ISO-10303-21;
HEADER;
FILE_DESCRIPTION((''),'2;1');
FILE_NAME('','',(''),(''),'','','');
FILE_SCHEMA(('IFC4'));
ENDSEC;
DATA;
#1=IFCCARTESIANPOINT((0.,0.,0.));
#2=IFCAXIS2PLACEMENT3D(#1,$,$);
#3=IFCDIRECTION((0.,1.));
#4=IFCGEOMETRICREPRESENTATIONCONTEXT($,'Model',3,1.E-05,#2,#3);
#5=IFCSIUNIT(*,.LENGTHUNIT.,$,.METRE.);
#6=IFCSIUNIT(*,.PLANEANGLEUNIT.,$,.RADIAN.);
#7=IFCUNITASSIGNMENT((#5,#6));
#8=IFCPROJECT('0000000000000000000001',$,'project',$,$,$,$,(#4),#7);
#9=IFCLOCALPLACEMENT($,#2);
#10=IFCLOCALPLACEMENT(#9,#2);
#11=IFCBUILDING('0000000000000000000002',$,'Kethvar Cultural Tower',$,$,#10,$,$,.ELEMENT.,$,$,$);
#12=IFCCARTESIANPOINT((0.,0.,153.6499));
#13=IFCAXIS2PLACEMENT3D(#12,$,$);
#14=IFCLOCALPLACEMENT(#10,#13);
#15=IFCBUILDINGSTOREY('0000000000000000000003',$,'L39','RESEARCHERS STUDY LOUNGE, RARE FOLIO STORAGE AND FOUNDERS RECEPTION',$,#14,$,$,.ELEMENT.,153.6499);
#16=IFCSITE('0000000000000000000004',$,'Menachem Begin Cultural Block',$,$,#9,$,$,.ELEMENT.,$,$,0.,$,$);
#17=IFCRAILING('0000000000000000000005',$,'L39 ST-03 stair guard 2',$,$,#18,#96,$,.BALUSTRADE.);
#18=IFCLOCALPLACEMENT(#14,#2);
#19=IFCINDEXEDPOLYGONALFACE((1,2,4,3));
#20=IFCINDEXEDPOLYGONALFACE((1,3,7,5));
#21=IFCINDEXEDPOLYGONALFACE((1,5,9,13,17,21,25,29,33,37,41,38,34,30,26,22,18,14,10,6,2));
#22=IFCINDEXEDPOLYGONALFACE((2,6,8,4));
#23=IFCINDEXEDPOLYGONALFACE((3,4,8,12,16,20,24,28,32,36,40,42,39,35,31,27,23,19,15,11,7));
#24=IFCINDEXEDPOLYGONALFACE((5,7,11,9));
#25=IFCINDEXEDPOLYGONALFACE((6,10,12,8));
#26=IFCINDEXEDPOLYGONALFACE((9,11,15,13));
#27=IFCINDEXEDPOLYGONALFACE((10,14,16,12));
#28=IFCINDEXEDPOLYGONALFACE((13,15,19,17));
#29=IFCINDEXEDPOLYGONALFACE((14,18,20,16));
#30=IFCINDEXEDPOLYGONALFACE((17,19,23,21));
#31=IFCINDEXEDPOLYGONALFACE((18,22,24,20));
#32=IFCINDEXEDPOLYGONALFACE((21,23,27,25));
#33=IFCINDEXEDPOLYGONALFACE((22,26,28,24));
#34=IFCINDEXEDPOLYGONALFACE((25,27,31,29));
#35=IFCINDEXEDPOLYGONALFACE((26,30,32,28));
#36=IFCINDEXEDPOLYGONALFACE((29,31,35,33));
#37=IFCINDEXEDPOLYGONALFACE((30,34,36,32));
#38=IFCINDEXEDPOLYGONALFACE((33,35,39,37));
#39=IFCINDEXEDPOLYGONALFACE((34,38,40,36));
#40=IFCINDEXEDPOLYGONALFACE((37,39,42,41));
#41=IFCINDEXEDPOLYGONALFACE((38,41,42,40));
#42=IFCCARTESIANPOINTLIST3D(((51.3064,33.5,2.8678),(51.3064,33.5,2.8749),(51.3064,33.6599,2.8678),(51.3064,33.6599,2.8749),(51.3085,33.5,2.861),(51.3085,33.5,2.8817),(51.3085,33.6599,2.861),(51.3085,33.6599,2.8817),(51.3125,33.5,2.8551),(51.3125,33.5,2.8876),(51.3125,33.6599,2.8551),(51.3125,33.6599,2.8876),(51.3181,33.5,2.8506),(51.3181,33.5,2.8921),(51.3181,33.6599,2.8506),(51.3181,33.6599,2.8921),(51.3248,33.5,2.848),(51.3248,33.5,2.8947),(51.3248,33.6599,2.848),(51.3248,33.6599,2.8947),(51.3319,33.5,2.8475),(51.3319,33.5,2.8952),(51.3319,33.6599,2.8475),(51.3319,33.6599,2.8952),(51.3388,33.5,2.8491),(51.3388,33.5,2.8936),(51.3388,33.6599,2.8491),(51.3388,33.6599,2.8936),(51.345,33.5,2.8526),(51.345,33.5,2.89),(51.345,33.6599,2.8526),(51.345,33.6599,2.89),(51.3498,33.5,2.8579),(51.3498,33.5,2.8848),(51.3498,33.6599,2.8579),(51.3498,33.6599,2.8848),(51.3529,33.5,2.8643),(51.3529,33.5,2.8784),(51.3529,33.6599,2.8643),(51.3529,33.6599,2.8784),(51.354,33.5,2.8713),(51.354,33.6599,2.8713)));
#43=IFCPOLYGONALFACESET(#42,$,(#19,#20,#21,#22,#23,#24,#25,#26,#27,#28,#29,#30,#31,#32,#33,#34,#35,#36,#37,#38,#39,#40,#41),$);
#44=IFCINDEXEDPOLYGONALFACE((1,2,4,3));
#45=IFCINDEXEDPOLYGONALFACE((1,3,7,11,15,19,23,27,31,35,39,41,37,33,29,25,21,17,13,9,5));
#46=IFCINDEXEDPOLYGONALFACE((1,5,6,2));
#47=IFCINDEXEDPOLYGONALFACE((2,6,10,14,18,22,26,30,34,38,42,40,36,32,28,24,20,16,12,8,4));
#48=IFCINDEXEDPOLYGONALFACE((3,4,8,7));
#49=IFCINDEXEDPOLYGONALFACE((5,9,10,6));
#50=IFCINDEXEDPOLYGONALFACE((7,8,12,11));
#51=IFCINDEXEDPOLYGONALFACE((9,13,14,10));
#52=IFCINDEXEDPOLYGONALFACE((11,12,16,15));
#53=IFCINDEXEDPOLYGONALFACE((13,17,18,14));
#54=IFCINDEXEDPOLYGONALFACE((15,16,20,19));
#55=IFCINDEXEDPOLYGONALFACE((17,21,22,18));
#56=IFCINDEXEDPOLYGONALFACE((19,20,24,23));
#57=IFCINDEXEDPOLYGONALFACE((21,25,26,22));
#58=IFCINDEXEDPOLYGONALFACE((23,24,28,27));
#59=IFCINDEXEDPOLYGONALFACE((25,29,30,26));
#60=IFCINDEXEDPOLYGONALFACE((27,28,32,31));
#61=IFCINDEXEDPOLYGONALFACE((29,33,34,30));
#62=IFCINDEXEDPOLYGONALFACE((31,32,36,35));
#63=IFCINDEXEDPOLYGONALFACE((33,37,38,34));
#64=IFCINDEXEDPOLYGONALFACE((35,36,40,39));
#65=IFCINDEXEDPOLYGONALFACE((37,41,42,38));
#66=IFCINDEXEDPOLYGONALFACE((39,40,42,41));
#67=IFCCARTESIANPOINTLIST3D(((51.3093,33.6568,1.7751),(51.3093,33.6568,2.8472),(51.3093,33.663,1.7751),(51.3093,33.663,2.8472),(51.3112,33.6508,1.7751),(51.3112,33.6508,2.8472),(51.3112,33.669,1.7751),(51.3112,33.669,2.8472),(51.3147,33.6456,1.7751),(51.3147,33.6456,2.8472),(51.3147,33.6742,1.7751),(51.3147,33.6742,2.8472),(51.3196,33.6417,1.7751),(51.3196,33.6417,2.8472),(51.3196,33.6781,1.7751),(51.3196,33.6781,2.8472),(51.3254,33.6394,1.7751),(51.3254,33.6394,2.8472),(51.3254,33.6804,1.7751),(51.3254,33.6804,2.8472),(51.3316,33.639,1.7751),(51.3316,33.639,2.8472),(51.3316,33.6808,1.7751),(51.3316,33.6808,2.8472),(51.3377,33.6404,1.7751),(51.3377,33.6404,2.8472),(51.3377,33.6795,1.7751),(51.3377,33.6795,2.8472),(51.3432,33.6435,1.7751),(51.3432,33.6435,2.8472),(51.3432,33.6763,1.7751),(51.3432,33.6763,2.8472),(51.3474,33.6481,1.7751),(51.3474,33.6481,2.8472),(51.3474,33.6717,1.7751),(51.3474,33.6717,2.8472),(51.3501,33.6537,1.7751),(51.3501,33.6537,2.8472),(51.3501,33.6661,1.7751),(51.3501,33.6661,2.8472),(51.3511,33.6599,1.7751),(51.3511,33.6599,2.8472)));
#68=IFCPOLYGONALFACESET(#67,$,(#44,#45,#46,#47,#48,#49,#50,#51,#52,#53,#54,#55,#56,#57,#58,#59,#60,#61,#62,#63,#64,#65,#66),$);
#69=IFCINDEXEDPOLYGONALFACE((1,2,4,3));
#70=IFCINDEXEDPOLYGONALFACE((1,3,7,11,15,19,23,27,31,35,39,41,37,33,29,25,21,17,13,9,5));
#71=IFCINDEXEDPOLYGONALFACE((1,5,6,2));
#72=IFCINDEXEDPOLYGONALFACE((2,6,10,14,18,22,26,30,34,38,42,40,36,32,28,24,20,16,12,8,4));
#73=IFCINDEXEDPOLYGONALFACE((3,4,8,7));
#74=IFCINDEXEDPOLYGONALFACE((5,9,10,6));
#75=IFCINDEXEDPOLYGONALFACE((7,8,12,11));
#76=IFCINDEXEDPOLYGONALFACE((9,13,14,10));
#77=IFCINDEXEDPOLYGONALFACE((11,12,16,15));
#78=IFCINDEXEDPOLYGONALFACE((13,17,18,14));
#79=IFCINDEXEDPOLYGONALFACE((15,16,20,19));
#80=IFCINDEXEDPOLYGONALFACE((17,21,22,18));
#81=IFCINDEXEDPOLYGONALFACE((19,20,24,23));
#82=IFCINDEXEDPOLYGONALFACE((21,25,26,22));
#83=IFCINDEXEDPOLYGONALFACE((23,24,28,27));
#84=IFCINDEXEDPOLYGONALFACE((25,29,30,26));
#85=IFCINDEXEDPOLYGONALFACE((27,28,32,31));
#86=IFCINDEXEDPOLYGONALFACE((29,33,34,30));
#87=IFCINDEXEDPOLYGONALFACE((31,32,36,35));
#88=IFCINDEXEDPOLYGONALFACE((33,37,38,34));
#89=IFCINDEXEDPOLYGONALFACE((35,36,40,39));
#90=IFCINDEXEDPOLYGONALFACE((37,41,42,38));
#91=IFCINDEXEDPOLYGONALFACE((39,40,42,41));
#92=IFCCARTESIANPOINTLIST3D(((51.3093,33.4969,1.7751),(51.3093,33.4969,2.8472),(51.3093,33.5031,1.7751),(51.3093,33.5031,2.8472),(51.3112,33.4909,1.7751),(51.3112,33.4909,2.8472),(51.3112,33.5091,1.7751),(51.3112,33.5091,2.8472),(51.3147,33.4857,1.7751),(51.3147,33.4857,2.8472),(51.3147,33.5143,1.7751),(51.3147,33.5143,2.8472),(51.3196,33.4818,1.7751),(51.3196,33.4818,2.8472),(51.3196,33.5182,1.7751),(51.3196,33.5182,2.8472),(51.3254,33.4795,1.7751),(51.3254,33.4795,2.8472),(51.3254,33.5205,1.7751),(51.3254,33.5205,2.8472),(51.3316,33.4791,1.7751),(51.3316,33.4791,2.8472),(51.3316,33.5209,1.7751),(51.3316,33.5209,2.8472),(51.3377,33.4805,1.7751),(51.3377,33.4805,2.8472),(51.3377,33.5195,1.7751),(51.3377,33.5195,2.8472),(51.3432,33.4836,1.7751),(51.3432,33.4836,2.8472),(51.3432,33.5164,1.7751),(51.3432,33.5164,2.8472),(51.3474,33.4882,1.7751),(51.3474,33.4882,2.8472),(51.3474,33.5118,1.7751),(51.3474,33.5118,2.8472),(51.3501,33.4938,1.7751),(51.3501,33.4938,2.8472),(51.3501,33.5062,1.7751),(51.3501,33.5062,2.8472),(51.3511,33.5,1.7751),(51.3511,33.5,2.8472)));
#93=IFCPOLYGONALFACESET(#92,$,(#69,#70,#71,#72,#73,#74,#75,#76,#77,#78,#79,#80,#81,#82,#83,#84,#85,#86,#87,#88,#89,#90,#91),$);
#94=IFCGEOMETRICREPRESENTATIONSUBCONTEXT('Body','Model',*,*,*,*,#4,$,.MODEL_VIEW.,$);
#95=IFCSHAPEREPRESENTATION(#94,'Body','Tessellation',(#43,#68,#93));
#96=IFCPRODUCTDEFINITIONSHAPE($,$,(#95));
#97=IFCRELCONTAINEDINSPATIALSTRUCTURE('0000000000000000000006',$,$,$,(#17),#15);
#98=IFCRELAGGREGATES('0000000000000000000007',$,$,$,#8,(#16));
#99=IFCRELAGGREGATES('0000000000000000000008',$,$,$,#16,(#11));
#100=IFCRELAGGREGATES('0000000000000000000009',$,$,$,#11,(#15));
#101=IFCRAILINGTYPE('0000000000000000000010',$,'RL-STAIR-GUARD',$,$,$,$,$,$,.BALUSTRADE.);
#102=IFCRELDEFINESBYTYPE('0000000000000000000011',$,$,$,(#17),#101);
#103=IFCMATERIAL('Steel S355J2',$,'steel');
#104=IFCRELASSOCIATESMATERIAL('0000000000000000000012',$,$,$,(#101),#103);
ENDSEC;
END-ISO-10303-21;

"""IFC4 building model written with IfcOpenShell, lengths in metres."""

from ifc_helpers import new_model, si_unit, direction, frame, origin, origin_2d, place, context, subcontext, project, spatial, circle, extrude, material, type_object, element, save


model = new_model("IFC4")

# Units and contexts
model_context = context("Model", 3, precision=1e-05, world=origin(), true_north=direction((0.0, 1.0)))
body_context = subcontext(model_context, "Body", "Model", "MODEL_VIEW")
ifc_project = project(units=[si_unit("LENGTHUNIT", "METRE"), si_unit("PLANEANGLEUNIT", "RADIAN")], contexts=[model_context])

# Site, building, storey
site_placement = place(None, origin())
site = spatial("IfcSite", under=ifc_project, at=site_placement, Name="Menachem Begin Cultural Block", CompositionType="ELEMENT", RefElevation=0.0)
building_placement = place(site_placement, origin())
building = spatial("IfcBuilding", under=site, at=building_placement, Name="Kethvar Cultural Tower", CompositionType="ELEMENT")
storey_placement = place(building_placement, frame((0.0, 0.0, 153.6499)))
storey = spatial("IfcBuildingStorey", under=building, at=storey_placement, Name="L39", Description="RESEARCHERS STUDY LOUNGE, RARE FOLIO STORAGE AND FOUNDERS RECEPTION", CompositionType="ELEMENT", Elevation=153.6499)

# Shared definitions
ifc_material_1 = material(Name="Steel S355J2", Category="steel")

# Railing
railing_type_1 = type_object("IfcRailingType", Name="RL-STAIR-GUARD", PredefinedType="BALUSTRADE", material=ifc_material_1)
railing_1_placement = place(storey_placement, frame((51.3301, 33.6599, 1.7751)))
element("IfcRailing", 1, at=railing_1_placement, inside=storey, type_object=railing_type_1, Name="L39 ST-03 stair guard 2", PredefinedType="BALUSTRADE", context=body_context, shape_type="SweptSolid", body=[
    extrude(circle(Radius=0.0239, at=origin_2d()), frame((0.0, 0.0, 1.0962), z_axis=(0.0, -1.0, 0.0), x_axis=(1.0, 0.0, 0.0)), (0.0, 0.0, 1.0), 0.1599),
    extrude(circle(Radius=0.021, at=origin_2d()), origin(), (0.0, 0.0, 1.0), 1.072),
    extrude(circle(Radius=0.021, at=origin_2d()), frame((0.0, -0.1599, 0.0)), (0.0, 0.0, 1.0), 1.072),
])

save(model, "model.ifc")
